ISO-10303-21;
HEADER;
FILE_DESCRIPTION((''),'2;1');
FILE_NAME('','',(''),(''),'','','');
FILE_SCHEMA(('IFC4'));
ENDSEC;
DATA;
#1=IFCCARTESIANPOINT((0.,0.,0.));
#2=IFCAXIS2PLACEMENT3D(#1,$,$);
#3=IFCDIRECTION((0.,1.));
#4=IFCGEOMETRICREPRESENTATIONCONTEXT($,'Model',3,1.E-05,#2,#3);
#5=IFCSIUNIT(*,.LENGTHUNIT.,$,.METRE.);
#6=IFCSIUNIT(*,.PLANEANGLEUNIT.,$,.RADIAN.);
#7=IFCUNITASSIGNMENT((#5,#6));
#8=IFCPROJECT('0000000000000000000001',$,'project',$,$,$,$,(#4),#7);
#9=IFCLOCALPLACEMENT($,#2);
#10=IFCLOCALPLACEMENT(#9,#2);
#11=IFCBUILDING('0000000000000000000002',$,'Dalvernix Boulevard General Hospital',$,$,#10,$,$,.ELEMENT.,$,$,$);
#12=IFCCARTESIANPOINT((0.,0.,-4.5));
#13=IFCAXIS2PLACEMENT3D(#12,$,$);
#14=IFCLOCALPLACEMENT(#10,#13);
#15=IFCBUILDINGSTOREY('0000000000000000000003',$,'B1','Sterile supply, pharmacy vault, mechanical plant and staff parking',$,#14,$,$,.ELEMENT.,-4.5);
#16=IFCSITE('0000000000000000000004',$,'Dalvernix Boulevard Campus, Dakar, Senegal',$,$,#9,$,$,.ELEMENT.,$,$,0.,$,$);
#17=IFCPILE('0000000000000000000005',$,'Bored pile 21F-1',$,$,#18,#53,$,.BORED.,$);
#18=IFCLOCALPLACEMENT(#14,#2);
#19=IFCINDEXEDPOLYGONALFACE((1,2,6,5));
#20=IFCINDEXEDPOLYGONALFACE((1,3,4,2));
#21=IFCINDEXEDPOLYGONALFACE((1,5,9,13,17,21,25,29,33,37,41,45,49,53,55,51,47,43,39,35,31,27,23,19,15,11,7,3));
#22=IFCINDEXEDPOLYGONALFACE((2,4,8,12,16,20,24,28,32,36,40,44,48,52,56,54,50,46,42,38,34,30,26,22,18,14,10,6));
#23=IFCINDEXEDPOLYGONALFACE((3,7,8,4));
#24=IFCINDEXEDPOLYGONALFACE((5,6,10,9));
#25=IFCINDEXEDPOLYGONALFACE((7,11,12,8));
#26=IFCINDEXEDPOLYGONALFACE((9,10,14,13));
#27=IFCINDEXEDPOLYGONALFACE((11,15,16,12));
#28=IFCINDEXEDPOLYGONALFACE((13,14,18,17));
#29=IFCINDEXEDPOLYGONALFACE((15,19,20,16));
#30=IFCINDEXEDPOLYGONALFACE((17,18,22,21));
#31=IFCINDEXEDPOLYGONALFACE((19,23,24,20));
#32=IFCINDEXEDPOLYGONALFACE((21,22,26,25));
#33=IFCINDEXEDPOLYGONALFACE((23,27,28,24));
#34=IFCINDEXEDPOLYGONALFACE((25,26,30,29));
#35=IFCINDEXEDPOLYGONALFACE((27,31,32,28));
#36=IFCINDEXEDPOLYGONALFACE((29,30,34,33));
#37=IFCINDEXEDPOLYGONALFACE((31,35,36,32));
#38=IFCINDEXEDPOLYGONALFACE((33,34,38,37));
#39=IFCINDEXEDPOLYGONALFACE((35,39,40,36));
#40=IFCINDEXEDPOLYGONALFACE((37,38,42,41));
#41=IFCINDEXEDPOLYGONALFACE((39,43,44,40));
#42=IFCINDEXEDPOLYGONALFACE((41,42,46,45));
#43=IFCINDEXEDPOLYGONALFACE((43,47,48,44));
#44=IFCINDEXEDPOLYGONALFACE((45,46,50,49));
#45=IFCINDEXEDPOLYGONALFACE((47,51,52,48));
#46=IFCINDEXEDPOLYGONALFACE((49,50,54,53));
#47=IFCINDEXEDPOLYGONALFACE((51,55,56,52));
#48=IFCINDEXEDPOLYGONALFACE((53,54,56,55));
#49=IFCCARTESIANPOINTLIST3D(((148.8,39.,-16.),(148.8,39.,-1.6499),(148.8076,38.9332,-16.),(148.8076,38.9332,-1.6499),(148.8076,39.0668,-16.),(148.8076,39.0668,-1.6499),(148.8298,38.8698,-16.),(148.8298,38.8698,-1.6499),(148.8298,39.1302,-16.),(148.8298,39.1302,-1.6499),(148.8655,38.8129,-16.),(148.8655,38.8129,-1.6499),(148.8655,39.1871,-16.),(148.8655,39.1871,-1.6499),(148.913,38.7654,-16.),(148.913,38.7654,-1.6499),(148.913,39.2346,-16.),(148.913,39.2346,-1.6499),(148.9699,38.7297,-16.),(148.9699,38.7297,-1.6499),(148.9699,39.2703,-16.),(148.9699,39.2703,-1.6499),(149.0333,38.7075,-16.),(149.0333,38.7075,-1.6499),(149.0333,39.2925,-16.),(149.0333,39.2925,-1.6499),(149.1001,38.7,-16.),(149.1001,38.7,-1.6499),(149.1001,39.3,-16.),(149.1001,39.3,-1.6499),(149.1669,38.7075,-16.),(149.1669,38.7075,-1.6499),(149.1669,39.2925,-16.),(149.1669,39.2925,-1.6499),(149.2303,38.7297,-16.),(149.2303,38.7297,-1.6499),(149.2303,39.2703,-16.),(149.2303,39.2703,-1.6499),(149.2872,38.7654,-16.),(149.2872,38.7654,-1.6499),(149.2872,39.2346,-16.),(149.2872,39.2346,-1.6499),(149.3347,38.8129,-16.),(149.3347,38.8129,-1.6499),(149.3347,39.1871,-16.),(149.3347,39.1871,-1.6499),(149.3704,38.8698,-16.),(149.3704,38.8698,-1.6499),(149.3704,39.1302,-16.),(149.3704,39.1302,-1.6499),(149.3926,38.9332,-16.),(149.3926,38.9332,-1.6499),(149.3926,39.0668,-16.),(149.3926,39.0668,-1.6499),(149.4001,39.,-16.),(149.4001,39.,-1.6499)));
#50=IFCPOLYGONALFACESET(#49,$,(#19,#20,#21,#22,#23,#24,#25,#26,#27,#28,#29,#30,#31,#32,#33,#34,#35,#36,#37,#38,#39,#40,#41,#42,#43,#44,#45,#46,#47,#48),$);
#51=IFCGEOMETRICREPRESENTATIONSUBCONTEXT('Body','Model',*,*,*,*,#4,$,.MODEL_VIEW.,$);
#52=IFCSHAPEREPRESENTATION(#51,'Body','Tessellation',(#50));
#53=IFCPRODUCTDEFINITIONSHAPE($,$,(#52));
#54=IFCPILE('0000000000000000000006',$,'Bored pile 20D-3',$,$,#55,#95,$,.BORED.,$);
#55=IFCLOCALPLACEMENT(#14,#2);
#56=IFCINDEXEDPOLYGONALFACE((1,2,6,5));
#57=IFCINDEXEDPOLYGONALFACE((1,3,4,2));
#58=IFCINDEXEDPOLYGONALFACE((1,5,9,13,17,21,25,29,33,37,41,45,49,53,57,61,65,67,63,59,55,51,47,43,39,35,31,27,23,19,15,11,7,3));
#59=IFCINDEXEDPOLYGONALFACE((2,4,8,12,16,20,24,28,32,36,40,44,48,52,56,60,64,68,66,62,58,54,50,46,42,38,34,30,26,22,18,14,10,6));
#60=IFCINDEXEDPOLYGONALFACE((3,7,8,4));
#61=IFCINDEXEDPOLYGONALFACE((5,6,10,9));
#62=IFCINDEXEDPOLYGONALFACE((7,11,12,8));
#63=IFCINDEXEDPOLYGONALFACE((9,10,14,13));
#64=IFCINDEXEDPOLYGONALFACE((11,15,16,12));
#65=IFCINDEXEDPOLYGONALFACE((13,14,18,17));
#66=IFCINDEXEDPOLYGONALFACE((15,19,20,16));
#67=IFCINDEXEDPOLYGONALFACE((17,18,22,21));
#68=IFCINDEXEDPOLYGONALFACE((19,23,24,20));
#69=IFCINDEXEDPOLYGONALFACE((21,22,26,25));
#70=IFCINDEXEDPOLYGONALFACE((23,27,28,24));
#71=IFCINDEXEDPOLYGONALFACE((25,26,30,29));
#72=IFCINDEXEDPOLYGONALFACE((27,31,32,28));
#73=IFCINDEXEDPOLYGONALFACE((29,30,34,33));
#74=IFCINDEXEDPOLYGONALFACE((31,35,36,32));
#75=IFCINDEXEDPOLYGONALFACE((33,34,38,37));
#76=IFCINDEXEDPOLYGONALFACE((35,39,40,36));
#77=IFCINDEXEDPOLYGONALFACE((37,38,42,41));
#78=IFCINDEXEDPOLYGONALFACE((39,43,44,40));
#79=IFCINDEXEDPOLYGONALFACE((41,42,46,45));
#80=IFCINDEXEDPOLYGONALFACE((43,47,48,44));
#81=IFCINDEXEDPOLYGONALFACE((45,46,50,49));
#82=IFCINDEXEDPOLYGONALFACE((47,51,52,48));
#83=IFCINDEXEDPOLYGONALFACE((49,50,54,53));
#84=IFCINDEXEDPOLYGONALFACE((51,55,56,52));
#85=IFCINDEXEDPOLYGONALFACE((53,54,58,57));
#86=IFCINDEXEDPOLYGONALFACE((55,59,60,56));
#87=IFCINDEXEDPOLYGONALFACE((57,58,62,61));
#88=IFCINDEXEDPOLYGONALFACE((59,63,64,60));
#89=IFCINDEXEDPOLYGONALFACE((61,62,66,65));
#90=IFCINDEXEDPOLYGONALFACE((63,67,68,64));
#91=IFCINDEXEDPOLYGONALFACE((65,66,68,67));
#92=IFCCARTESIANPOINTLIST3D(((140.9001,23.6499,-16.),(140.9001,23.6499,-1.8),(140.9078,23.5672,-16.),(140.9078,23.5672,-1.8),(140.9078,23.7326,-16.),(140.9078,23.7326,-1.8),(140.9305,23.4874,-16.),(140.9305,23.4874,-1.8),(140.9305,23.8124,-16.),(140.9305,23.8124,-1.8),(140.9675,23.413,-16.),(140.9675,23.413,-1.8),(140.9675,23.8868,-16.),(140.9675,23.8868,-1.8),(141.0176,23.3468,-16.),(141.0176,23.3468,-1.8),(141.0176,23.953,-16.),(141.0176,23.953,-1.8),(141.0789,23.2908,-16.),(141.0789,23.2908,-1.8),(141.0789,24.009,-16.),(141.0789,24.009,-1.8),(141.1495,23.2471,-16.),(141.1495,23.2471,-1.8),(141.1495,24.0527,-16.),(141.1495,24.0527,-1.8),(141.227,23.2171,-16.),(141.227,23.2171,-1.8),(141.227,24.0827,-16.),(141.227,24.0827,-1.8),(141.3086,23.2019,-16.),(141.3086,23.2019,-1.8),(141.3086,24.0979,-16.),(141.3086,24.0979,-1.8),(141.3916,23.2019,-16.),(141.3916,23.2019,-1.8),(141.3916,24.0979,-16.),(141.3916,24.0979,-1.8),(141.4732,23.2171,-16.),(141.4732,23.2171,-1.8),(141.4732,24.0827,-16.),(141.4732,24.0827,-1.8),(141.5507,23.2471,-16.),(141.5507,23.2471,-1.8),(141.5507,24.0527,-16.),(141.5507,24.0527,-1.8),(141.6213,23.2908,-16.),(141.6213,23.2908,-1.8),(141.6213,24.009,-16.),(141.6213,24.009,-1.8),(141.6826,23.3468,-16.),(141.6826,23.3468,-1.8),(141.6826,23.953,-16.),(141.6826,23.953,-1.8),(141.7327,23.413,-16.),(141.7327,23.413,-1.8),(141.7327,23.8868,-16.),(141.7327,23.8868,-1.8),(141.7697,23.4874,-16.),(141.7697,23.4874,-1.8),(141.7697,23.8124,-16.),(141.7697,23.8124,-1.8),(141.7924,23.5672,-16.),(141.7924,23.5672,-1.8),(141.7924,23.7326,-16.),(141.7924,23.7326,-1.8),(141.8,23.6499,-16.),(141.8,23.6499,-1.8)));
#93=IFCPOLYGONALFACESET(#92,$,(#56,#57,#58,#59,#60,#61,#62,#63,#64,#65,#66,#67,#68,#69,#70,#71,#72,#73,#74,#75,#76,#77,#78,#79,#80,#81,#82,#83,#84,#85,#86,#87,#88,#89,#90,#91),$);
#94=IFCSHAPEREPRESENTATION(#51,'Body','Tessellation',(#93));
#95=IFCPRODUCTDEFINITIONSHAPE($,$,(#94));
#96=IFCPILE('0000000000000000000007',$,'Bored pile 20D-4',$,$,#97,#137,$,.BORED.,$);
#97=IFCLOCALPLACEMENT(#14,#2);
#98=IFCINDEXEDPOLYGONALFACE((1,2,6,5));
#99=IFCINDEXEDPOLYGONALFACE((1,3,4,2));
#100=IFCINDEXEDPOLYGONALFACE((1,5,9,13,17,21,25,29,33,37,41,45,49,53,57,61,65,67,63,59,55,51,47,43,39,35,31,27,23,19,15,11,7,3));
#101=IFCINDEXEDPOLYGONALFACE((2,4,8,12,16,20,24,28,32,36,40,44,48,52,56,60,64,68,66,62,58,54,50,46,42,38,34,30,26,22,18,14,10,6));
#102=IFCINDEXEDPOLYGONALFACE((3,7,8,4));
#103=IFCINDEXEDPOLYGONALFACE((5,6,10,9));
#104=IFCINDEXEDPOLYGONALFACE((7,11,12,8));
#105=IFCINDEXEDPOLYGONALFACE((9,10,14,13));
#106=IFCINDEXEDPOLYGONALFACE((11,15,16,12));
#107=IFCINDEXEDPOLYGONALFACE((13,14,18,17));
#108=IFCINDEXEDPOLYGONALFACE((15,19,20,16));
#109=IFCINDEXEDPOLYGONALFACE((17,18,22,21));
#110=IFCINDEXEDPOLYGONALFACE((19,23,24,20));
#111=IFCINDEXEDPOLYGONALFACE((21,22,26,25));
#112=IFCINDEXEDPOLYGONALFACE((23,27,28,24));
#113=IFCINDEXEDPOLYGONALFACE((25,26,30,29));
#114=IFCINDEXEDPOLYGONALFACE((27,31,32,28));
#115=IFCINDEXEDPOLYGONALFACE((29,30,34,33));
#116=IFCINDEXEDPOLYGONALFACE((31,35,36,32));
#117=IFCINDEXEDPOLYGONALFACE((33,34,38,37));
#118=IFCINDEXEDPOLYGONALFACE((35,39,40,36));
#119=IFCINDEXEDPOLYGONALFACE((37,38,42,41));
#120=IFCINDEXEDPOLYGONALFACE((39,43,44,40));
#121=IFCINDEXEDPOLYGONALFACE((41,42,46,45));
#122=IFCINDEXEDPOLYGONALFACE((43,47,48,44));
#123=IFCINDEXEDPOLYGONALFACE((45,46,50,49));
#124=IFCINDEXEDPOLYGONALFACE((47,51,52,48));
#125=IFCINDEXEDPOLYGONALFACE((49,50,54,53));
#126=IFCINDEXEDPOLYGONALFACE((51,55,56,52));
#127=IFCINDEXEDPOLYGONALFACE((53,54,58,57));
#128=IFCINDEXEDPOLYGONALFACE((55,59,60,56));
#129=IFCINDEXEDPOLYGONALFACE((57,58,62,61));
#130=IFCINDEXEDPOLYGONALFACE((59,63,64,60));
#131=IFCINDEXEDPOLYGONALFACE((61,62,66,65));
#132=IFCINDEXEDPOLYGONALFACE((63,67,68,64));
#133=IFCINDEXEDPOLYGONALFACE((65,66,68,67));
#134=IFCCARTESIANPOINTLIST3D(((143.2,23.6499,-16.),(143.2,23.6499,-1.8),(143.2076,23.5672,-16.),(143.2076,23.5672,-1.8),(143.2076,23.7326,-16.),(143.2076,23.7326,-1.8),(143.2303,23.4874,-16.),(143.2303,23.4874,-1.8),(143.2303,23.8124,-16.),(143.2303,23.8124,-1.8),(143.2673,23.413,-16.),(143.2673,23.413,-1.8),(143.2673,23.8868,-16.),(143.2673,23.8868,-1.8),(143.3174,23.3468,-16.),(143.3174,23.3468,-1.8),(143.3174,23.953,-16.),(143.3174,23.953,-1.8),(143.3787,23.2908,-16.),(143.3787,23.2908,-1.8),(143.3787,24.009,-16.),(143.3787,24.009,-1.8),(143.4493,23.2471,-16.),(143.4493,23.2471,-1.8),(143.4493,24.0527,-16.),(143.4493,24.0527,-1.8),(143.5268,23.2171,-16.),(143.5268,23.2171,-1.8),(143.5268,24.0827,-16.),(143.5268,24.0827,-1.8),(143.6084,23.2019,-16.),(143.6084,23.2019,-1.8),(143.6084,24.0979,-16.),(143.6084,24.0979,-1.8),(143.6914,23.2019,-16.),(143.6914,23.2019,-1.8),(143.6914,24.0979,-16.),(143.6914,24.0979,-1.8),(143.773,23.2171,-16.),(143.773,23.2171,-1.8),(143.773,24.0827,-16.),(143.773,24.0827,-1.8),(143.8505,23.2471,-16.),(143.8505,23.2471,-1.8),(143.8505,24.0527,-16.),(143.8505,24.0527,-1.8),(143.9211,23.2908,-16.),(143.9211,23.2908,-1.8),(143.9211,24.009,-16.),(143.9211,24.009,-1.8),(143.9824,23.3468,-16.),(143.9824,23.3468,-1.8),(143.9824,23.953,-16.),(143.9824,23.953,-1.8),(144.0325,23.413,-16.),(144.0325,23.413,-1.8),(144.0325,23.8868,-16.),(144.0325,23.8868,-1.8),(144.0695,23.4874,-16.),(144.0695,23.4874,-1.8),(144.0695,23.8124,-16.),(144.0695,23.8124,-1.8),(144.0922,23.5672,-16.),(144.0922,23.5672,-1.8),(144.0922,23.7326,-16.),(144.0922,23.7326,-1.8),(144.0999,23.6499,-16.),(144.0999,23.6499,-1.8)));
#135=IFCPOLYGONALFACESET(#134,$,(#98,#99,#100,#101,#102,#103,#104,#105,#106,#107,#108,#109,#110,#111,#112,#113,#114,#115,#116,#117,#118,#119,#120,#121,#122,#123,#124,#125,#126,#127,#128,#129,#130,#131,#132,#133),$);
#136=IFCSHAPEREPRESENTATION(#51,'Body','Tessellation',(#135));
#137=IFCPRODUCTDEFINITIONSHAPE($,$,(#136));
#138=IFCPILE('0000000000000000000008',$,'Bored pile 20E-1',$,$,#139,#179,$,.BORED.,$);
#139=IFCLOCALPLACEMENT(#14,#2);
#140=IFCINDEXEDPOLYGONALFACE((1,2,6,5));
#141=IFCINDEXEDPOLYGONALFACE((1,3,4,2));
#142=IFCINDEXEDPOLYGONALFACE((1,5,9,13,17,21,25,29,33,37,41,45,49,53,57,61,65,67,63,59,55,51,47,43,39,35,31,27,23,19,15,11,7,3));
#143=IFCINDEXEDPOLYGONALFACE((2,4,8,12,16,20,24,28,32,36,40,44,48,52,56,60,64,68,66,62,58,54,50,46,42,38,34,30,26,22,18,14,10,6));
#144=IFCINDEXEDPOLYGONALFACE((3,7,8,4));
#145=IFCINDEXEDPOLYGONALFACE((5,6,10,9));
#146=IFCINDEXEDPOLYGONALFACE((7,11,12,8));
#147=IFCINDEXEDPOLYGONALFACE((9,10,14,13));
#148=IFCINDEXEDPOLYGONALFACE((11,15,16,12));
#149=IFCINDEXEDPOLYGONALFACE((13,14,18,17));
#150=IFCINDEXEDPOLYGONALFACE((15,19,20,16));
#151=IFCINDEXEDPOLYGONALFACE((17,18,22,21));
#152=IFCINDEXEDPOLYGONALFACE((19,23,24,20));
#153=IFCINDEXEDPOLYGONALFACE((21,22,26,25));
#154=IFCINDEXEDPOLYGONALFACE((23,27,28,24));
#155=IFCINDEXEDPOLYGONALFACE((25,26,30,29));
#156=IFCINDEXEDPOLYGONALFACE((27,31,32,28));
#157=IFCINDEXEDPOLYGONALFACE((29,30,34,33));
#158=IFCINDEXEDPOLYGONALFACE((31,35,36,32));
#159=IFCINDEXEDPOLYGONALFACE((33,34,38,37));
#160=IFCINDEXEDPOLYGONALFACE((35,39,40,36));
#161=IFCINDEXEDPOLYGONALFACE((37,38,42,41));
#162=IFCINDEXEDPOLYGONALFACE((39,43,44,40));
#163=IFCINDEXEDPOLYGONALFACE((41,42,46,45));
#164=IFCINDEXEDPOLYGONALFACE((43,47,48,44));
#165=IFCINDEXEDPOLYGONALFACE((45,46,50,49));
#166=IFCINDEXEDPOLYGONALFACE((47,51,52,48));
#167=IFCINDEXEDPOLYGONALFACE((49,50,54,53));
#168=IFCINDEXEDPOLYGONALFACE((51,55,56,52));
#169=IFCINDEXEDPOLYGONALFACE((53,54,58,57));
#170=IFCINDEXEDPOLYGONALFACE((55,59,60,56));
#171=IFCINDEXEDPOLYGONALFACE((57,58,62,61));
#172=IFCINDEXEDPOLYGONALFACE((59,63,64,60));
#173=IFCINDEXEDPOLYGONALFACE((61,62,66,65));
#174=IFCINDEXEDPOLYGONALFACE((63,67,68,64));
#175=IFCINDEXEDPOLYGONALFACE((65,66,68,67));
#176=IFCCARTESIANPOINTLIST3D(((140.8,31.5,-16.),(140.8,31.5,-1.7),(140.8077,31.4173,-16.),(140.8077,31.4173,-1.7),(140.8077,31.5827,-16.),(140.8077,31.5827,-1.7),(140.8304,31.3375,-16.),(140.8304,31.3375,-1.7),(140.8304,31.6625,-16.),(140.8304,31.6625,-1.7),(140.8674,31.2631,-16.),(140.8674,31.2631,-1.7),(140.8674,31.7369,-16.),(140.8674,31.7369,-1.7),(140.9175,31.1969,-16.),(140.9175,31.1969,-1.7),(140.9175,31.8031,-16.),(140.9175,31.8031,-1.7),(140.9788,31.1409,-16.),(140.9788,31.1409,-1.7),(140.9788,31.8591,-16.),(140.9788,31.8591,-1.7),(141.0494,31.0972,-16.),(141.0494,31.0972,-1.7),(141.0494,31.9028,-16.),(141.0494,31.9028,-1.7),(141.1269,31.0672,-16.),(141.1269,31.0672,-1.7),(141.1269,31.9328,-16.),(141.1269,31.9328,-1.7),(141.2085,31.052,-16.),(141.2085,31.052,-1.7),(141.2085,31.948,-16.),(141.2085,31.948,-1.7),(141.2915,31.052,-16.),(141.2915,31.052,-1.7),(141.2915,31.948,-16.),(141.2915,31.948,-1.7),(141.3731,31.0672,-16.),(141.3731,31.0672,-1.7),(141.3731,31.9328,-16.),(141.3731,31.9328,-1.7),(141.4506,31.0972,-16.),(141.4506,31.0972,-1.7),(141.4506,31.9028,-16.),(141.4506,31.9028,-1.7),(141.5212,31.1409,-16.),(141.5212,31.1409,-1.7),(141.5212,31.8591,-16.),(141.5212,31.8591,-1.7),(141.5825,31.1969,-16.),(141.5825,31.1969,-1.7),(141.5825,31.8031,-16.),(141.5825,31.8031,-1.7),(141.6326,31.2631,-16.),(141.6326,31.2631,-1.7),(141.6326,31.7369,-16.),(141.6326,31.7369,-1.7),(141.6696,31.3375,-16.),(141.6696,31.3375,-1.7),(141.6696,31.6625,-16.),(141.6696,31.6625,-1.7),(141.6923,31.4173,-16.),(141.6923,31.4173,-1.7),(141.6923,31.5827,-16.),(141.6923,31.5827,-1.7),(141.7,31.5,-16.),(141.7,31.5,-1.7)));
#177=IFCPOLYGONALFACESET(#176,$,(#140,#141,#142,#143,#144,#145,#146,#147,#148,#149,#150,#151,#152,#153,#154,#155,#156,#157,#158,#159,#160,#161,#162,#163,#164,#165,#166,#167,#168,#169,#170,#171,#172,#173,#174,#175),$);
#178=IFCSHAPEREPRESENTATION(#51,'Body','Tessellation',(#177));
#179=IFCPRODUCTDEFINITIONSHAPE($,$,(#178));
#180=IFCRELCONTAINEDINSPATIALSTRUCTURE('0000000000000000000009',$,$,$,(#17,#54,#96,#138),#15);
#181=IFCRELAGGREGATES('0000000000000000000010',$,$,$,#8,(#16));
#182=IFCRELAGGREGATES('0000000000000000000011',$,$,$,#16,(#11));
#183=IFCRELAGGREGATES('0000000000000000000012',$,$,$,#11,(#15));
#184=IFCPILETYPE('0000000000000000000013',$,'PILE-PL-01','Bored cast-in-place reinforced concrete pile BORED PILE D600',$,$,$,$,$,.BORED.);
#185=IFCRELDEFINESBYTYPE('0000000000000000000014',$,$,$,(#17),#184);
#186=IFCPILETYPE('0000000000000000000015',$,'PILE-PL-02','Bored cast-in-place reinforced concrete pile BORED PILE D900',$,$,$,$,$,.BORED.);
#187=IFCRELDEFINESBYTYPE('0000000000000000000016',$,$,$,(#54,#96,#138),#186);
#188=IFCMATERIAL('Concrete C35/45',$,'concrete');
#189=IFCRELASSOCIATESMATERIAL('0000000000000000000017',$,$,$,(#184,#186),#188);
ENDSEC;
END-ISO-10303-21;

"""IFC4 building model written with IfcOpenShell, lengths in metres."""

from ifc_helpers import new_model, si_unit, direction, frame, origin, origin_2d, place, context, subcontext, project, spatial, circle, extrude, material, material_profile, profile_set, type_object, element, save


model = new_model("IFC4")

# Units and contexts
model_context = context("Model", 3, precision=1e-05, world=origin(), true_north=direction((0.0, 1.0)))
body_context = subcontext(model_context, "Body", "Model", "MODEL_VIEW")
ifc_project = project(units=[si_unit("LENGTHUNIT", "METRE"), si_unit("PLANEANGLEUNIT", "RADIAN")], contexts=[model_context])

# Site, building, storey
site_placement = place(None, origin())
site = spatial("IfcSite", under=ifc_project, at=site_placement, Name="Dalvernix Boulevard Campus, Dakar, Senegal", CompositionType="ELEMENT", RefElevation=0.0)
building_placement = place(site_placement, origin())
building = spatial("IfcBuilding", under=site, at=building_placement, Name="Dalvernix Boulevard General Hospital", CompositionType="ELEMENT")
storey_placement = place(building_placement, frame((0.0, 0.0, -4.5)))
storey = spatial("IfcBuildingStorey", under=building, at=storey_placement, Name="B1", Description="Sterile supply, pharmacy vault, mechanical plant and staff parking", CompositionType="ELEMENT", Elevation=-4.5)

# Shared definitions
ifc_material_1 = material(Name="Concrete C35/45", Category="concrete")

# Piles
ifc_material_profile_1 = material_profile(ifc_material_1, circle(Radius=0.3, at=origin_2d()), Name="BORED PILE D600")
ifc_profile_set_1 = profile_set([ifc_material_profile_1], Name="Concrete C35/45")
pile_type_1 = type_object("IfcPileType", Name="PILE-PL-01", Description="Bored cast-in-place reinforced concrete pile BORED PILE D600", PredefinedType="BORED", material=ifc_profile_set_1)
for number, where, z_axis, x_axis, name in (
    (1, (149.1001, 39.0, -1.6499), (0.0, 0.0, -1.0), (1.0, 0.0, 0.0), "Bored pile 21F-1"),
):
    element("IfcPile", number, at=place(storey_placement, frame(where, z_axis=z_axis, x_axis=x_axis)), inside=storey, type_object=pile_type_1, Name=name, PredefinedType="BORED", context=body_context, shape_type="SweptSolid", body=[
        extrude(circle(Radius=0.3, at=origin_2d()), origin(), (0.0, 0.0, 1.0), 14.3501),
    ])
ifc_material_profile_2 = material_profile(ifc_material_1, circle(Radius=0.45, at=origin_2d()), Name="BORED PILE D900")
ifc_profile_set_2 = profile_set([ifc_material_profile_2], Name="Concrete C35/45")
pile_type_2 = type_object("IfcPileType", Name="PILE-PL-02", Description="Bored cast-in-place reinforced concrete pile BORED PILE D900", PredefinedType="BORED", material=ifc_profile_set_2)
for number, where, z_axis, x_axis, name in (
    (2, (141.3501, 23.6499, -1.8), (0.0, 0.0, -1.0), (1.0, 0.0, 0.0), "Bored pile 20D-3"),
    (3, (143.6499, 23.6499, -1.8), (0.0, 0.0, -1.0), (1.0, 0.0, 0.0), "Bored pile 20D-4"),
):
    element("IfcPile", number, at=place(storey_placement, frame(where, z_axis=z_axis, x_axis=x_axis)), inside=storey, type_object=pile_type_2, Name=name, PredefinedType="BORED", context=body_context, shape_type="SweptSolid", body=[
        extrude(circle(Radius=0.45, at=origin_2d()), origin(), (0.0, 0.0, 1.0), 14.2),
    ])
for number, where, z_axis, x_axis, name in (
    (4, (141.25, 31.5, -1.7), (0.0, 0.0, -1.0), (1.0, 0.0, 0.0), "Bored pile 20E-1"),
):
    element("IfcPile", number, at=place(storey_placement, frame(where, z_axis=z_axis, x_axis=x_axis)), inside=storey, type_object=pile_type_2, Name=name, PredefinedType="BORED", context=body_context, shape_type="SweptSolid", body=[
        extrude(circle(Radius=0.45, at=origin_2d()), origin(), (0.0, 0.0, 1.0), 14.3),
    ])

save(model, "model.ifc")
